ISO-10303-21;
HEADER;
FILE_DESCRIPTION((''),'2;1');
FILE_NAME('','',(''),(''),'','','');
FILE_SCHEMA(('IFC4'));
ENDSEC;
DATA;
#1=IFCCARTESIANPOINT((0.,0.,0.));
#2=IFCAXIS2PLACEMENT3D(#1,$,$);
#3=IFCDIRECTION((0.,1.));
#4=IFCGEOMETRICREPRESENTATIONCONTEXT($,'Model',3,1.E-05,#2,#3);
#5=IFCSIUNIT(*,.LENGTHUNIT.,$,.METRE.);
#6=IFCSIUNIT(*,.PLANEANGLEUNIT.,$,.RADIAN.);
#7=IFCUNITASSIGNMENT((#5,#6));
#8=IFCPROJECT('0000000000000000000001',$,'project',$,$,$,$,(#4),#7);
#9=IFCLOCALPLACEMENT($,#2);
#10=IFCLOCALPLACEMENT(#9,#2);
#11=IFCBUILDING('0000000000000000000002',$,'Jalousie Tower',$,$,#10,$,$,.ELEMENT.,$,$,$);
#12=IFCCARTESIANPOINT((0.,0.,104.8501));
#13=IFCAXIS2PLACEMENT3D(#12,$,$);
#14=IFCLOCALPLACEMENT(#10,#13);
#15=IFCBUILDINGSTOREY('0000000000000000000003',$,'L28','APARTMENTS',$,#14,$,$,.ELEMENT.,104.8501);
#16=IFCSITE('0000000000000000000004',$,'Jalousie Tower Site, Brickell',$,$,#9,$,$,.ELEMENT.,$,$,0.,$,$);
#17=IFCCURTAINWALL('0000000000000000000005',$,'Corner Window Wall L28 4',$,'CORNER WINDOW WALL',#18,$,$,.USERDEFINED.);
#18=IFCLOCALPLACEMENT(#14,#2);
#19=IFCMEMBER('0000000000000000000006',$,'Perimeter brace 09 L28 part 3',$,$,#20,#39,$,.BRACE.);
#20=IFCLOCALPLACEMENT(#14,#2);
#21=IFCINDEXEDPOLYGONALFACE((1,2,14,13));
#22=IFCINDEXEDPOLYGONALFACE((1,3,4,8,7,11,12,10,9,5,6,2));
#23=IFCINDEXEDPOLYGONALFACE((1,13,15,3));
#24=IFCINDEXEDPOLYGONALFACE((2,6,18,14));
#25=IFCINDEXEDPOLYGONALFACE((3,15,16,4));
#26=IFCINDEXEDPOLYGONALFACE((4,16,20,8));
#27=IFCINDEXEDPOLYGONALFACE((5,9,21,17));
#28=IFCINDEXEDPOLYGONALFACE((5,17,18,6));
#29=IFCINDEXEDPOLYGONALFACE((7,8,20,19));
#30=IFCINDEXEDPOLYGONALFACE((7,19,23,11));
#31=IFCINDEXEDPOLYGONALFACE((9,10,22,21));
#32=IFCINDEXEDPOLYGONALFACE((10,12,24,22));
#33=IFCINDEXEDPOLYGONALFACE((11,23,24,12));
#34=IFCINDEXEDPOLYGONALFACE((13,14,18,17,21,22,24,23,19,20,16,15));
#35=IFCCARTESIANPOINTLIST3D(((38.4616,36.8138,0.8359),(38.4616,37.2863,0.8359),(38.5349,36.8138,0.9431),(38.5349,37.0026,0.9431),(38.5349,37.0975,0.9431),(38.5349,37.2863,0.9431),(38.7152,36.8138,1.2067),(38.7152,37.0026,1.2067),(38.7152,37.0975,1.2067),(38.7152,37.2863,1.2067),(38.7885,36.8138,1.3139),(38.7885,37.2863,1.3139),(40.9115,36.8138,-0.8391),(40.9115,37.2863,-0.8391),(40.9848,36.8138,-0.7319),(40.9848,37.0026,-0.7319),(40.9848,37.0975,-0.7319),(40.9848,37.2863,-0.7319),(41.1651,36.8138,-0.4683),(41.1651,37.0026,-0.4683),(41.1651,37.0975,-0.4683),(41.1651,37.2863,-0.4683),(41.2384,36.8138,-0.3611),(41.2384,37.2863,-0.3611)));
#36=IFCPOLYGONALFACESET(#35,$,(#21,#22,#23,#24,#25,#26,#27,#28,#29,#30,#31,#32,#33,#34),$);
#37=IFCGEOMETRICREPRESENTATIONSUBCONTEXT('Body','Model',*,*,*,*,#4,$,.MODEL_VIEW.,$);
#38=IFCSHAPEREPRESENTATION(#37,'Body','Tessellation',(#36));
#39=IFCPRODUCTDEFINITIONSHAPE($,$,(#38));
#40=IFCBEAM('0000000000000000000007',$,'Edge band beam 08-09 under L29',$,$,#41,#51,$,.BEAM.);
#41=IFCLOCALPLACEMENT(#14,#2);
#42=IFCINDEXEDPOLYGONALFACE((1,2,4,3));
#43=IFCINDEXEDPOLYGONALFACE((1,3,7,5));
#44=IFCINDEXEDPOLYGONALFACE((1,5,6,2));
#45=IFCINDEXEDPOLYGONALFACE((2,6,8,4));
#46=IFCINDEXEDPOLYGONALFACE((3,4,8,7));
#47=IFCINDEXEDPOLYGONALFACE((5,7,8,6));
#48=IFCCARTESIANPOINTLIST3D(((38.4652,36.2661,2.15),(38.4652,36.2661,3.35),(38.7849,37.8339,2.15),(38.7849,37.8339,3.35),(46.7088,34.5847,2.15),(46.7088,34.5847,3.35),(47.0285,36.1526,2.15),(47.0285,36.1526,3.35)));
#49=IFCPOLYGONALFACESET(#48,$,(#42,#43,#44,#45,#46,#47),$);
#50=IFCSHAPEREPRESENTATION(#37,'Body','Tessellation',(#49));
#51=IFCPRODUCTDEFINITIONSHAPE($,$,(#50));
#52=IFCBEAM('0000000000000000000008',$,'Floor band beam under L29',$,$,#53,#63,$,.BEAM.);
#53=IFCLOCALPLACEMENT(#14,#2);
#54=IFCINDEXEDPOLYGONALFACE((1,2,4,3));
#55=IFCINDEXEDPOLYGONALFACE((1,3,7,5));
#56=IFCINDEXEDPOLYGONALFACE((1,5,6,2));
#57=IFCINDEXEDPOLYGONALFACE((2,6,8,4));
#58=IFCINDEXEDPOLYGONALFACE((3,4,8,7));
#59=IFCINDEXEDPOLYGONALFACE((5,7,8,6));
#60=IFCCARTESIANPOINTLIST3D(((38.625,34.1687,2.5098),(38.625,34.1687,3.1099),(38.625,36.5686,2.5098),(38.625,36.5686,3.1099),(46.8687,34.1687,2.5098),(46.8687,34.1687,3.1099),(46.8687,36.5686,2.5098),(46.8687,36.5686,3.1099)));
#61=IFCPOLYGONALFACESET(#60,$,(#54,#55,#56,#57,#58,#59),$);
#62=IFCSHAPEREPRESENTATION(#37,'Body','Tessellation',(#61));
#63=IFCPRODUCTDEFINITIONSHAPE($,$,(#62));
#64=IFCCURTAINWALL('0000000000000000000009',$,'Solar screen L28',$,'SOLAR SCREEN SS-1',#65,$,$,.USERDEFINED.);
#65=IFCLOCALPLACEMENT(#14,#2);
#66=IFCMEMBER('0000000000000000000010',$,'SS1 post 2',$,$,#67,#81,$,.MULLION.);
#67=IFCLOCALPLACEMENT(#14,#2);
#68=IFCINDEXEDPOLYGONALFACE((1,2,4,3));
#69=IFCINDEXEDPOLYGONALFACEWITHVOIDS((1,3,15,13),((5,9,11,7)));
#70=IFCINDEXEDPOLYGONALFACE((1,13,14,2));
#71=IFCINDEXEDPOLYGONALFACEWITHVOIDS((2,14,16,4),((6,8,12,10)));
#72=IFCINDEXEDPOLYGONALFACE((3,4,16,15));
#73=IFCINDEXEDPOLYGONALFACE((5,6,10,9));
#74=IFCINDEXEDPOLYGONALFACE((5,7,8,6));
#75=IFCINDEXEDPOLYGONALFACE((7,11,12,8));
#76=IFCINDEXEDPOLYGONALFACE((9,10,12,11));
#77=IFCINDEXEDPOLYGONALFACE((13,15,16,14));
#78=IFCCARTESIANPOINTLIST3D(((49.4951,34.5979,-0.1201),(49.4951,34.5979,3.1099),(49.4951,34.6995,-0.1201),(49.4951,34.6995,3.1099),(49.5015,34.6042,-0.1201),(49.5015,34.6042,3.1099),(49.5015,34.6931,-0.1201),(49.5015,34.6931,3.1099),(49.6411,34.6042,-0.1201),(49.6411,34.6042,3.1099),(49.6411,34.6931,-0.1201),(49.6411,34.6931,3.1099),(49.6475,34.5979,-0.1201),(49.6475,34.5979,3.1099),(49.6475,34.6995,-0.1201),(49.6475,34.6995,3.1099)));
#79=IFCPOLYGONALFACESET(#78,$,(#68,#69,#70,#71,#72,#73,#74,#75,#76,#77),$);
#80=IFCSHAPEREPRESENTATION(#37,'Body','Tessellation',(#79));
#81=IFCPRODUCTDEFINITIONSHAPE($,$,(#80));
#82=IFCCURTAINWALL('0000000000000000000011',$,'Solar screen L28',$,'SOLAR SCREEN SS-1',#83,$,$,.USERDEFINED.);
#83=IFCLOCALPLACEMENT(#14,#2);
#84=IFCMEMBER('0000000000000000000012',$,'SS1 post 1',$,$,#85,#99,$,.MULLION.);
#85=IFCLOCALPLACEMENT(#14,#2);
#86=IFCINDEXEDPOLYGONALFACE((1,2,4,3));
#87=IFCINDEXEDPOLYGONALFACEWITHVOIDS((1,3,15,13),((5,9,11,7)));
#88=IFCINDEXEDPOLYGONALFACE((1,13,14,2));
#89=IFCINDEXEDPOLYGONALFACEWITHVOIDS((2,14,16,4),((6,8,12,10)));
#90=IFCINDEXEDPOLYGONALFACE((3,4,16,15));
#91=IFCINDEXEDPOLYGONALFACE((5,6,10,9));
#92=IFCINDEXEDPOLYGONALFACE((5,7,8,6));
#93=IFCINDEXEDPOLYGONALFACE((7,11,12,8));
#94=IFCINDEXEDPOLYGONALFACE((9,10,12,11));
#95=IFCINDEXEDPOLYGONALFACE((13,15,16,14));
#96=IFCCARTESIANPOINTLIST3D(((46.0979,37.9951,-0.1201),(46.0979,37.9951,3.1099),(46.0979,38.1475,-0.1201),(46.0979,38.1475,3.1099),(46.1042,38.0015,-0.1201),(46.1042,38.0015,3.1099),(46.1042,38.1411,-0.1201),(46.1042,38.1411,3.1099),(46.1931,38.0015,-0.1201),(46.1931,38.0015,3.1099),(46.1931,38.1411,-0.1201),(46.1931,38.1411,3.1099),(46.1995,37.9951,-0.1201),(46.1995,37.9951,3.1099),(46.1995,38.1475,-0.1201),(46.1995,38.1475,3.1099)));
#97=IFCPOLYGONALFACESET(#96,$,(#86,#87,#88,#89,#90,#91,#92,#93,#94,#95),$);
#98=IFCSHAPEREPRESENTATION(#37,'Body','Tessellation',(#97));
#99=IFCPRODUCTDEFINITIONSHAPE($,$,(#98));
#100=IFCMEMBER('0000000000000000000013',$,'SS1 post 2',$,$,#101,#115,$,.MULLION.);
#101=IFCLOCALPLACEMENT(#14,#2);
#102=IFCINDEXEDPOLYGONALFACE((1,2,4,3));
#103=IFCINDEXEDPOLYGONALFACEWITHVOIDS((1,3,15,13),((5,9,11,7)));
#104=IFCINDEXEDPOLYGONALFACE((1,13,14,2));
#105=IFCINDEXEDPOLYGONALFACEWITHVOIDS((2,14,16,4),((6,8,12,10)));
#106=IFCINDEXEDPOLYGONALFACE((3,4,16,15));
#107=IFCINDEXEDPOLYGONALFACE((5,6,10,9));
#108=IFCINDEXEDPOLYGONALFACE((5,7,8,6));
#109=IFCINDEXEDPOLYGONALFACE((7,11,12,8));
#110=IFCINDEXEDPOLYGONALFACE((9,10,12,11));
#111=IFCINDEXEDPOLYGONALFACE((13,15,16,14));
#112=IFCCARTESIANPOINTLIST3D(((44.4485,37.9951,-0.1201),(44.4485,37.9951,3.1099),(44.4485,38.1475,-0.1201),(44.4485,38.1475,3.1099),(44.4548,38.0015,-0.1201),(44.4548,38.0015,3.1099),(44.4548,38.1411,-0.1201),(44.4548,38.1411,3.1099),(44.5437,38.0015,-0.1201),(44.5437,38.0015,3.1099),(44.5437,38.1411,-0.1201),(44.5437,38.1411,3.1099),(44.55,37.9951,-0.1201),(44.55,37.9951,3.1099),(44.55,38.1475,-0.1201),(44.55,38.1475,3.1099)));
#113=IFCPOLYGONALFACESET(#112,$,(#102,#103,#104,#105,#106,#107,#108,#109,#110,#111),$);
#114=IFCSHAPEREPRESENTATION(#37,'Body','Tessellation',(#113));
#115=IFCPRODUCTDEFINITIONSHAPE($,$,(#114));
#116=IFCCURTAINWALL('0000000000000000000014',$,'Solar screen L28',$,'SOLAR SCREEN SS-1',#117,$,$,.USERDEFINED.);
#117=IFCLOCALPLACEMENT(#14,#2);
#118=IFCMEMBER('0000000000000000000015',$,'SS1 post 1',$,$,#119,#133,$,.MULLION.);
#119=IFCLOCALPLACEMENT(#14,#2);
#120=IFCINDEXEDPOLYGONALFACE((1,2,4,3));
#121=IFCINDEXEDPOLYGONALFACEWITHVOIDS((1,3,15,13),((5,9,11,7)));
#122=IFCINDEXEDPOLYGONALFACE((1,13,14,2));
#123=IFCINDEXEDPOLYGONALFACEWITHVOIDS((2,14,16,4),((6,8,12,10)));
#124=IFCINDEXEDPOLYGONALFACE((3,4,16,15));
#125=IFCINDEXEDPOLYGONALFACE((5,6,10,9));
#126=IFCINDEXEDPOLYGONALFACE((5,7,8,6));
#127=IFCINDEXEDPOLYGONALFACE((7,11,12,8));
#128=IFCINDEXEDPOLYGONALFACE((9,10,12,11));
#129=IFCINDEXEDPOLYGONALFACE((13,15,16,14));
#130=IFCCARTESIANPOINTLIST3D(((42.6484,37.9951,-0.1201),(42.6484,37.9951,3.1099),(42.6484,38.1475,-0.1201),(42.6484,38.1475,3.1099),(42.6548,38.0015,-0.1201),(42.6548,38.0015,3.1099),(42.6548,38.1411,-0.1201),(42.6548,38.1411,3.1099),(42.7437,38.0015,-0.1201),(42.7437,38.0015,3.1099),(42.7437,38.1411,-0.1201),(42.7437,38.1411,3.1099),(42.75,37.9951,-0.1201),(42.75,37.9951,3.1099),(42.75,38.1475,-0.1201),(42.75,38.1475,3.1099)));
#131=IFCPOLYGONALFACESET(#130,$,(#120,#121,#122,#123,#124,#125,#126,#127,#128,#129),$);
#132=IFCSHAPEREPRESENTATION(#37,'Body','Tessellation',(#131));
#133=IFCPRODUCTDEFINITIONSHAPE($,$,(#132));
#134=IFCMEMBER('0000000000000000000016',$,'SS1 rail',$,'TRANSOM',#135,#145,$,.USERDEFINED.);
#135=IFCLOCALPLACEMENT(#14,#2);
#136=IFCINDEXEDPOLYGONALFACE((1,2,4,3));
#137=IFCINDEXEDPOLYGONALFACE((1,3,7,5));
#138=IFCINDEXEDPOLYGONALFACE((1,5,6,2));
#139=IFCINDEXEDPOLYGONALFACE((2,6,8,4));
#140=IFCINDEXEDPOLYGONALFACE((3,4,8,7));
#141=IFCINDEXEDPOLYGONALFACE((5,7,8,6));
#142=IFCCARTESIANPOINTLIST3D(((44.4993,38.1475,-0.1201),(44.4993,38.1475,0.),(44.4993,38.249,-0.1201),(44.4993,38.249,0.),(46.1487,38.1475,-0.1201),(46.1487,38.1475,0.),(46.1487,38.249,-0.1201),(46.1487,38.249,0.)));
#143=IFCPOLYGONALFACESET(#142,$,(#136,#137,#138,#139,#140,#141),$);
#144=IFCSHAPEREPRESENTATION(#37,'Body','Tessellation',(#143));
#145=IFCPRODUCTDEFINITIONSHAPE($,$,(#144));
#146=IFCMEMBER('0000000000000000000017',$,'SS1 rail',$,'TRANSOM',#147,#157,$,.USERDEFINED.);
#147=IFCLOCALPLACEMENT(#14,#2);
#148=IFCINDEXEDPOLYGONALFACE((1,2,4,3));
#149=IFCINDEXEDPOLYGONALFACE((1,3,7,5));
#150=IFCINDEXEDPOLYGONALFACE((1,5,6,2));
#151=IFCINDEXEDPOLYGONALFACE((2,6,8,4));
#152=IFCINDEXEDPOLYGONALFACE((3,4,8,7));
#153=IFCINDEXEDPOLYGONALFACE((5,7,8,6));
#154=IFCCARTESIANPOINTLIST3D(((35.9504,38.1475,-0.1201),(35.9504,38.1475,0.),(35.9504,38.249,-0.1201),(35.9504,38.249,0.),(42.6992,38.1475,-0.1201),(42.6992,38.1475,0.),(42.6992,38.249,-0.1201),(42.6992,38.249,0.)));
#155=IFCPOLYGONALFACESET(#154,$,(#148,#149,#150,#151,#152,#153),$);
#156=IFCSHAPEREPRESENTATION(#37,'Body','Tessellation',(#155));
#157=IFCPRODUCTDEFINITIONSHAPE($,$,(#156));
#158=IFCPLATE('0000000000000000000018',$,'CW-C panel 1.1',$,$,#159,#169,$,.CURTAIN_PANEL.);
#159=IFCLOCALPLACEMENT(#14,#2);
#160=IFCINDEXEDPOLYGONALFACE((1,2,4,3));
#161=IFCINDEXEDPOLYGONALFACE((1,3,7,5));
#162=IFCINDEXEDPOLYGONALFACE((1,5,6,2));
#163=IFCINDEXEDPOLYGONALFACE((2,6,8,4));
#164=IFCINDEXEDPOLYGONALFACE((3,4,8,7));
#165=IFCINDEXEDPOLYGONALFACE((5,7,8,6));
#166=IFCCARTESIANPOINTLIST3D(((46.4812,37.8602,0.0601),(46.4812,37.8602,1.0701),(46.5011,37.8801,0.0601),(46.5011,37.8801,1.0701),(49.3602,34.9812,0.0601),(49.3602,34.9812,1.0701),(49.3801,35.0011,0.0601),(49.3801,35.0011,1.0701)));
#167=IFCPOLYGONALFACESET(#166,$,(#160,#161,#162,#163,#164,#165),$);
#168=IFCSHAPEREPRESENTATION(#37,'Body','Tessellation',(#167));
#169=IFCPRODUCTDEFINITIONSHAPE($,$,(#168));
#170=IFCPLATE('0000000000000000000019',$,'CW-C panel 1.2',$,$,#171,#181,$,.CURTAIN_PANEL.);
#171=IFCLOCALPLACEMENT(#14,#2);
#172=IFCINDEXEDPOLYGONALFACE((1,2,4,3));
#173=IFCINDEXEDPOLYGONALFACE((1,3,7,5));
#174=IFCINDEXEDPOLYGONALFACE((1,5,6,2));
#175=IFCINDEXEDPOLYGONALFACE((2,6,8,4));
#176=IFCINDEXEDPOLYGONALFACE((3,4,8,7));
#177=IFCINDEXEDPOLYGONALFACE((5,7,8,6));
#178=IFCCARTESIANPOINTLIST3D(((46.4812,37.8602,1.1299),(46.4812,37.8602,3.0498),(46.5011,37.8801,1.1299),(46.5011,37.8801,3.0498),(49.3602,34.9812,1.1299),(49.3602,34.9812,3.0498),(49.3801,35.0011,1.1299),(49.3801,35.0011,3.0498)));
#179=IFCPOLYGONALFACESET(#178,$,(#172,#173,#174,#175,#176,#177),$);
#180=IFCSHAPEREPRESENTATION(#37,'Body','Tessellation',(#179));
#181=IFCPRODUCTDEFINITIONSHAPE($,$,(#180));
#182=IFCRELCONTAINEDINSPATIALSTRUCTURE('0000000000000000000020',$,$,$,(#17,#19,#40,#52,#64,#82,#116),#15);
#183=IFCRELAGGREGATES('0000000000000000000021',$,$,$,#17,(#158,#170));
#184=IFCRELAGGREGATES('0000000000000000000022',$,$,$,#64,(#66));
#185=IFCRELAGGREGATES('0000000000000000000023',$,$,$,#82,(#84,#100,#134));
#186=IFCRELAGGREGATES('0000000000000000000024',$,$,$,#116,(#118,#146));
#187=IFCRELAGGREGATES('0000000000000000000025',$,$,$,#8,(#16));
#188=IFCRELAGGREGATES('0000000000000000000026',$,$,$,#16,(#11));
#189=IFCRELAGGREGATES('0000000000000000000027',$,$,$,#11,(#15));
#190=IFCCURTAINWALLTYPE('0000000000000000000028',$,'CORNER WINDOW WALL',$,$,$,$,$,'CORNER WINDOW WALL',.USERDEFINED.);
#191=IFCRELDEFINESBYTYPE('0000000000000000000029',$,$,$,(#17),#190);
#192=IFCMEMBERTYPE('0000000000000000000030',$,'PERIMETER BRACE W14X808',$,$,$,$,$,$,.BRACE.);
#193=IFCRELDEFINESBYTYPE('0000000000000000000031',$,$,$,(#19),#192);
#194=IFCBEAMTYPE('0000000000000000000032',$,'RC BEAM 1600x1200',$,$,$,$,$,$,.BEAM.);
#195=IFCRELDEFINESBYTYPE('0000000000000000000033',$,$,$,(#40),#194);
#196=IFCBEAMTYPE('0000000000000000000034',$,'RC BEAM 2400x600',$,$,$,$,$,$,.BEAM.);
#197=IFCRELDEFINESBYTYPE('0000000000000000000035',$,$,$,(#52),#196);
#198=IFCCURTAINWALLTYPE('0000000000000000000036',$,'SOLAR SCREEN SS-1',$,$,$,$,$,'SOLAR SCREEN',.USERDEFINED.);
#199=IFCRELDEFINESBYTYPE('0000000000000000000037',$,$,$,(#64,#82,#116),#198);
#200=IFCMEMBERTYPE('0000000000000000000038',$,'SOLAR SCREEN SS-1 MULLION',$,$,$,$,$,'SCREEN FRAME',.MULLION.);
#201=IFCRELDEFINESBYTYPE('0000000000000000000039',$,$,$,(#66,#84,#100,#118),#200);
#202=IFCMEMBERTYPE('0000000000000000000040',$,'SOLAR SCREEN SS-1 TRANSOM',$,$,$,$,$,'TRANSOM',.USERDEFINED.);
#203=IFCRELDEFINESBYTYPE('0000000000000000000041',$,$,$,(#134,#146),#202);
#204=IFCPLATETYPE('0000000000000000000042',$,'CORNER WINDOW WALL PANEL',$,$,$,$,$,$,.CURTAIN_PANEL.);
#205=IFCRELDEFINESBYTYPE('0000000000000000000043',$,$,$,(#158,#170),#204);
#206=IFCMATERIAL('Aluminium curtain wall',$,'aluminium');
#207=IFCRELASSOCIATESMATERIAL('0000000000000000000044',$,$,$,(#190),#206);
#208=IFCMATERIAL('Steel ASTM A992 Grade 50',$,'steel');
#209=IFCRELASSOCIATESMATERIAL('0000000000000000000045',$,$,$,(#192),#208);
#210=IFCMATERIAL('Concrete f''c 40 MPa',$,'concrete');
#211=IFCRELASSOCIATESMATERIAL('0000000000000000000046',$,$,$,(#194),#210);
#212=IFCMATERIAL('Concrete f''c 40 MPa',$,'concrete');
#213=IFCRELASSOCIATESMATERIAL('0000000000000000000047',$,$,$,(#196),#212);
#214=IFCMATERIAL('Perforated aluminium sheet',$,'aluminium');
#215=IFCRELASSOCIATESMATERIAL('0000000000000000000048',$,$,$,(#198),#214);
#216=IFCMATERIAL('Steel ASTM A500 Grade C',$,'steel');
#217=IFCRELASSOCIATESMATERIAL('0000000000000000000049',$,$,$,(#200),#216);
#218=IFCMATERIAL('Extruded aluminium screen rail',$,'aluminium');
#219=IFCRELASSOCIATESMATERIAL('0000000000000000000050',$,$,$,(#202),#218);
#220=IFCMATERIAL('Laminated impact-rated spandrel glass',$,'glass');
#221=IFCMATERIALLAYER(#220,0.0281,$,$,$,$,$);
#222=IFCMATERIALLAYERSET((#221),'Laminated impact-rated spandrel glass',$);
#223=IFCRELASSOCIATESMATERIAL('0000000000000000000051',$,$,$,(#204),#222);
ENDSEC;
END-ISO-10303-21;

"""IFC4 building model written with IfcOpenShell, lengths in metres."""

from ifc_helpers import new_model, si_unit, direction, frame, origin, origin_2d, place, context, subcontext, project, spatial, rectangle, hollow_rectangle, i_section, extrude, material, layer, layer_set, material_profile, profile_set, type_object, element, aggregate, save


model = new_model("IFC4")

# Units and contexts
model_context = context("Model", 3, precision=1e-05, world=origin(), true_north=direction((0.0, 1.0)))
body_context = subcontext(model_context, "Body", "Model", "MODEL_VIEW")
ifc_project = project(units=[si_unit("LENGTHUNIT", "METRE"), si_unit("PLANEANGLEUNIT", "RADIAN")], contexts=[model_context])

# Site, building, storey
site_placement = place(None, origin())
site = spatial("IfcSite", under=ifc_project, at=site_placement, Name="Jalousie Tower Site, Brickell", CompositionType="ELEMENT", RefElevation=0.0)
building_placement = place(site_placement, origin())
building = spatial("IfcBuilding", under=site, at=building_placement, Name="Jalousie Tower", CompositionType="ELEMENT")
storey_placement = place(building_placement, frame((0.0, 0.0, 104.8501)))
storey = spatial("IfcBuildingStorey", under=building, at=storey_placement, Name="L28", Description="APARTMENTS", CompositionType="ELEMENT", Elevation=104.8501)

# Curtain wall
ifc_material_1 = material(Name="Aluminium curtain wall", Category="aluminium")
curtain_wall_type_1 = type_object("IfcCurtainWallType", Name="CORNER WINDOW WALL", ElementType="CORNER WINDOW WALL", PredefinedType="USERDEFINED", material=ifc_material_1)
curtain_wall_1_placement = place(storey_placement, origin())
curtain_wall_1 = element("IfcCurtainWall", 1, at=curtain_wall_1_placement, inside=storey, type_object=curtain_wall_type_1, Name="Corner Window Wall L28 4", ObjectType="CORNER WINDOW WALL", PredefinedType="USERDEFINED")

# Member
ifc_material_2 = material(Name="Steel ASTM A992 Grade 50", Category="steel")
ifc_material_profile_1 = material_profile(ifc_material_2, i_section(OverallWidth=0.4724, OverallDepth=0.5791, WebThickness=0.095, FlangeThickness=0.1299, at=origin_2d()), Name="W14X808")
ifc_profile_set_1 = profile_set([ifc_material_profile_1], Name="Steel ASTM A992 Grade 50")
member_type_1 = type_object("IfcMemberType", Name="PERIMETER BRACE W14X808", PredefinedType="BRACE", material=ifc_profile_set_1)
member_1_placement = place(storey_placement, frame((41.075, 37.05, -0.6001), z_axis=(-0.825501, 0.0, 0.564401), x_axis=(0.0, -1.0, 0.0)))
element("IfcMember", 2, at=member_1_placement, inside=storey, type_object=member_type_1, Name="Perimeter brace 09 L28 part 3", PredefinedType="BRACE", context=body_context, shape_type="SweptSolid", body=[
    extrude(i_section(OverallWidth=0.4724, OverallDepth=0.5791, WebThickness=0.095, FlangeThickness=0.1299, at=origin_2d()), origin(), (0.0, 0.0, 1.0), 2.9678),
])

# Beams
ifc_material_3 = material(Name="Concrete f'c 40 MPa", Category="concrete")
ifc_material_profile_2 = material_profile(ifc_material_3, rectangle(XDim=1.6001, YDim=1.2, at=origin_2d()), Name="RC 1600x1200")
ifc_profile_set_2 = profile_set([ifc_material_profile_2], Name="Concrete f'c 40 MPa")
beam_type_1 = type_object("IfcBeamType", Name="RC BEAM 1600x1200", PredefinedType="BEAM", material=ifc_profile_set_2)
beam_1_placement = place(storey_placement, frame((46.8687, 35.3687, 2.75), z_axis=(-0.979827, 0.199848, 0.0), x_axis=(-0.199848, -0.979827, 0.0)))
element("IfcBeam", 3, at=beam_1_placement, inside=storey, type_object=beam_type_1, Name="Edge band beam 08-09 under L29", PredefinedType="BEAM", context=body_context, shape_type="SweptSolid", body=[
    extrude(rectangle(XDim=1.6001, YDim=1.2, at=origin_2d()), origin(), (0.0, 0.0, 1.0), 8.4133),
])
ifc_material_4 = material(Name="Concrete f'c 40 MPa", Category="concrete")
ifc_material_profile_3 = material_profile(ifc_material_4, rectangle(XDim=2.3999, YDim=0.6001, at=origin_2d()), Name="RC 2400x600")
ifc_profile_set_3 = profile_set([ifc_material_profile_3], Name="Concrete f'c 40 MPa")
beam_type_2 = type_object("IfcBeamType", Name="RC BEAM 2400x600", PredefinedType="BEAM", material=ifc_profile_set_3)
beam_2_placement = place(storey_placement, frame((46.8687, 35.3687, 2.8098), z_axis=(-1.0, 0.0, 0.0), x_axis=(0.0, -1.0, 0.0)))
element("IfcBeam", 4, at=beam_2_placement, inside=storey, type_object=beam_type_2, Name="Floor band beam under L29", PredefinedType="BEAM", context=body_context, shape_type="SweptSolid", body=[
    extrude(rectangle(XDim=2.3999, YDim=0.6001, at=origin_2d()), origin(), (0.0, 0.0, 1.0), 8.2437),
])

# Curtain wall, member
ifc_material_5 = material(Name="Perforated aluminium sheet", Category="aluminium")
curtain_wall_type_2 = type_object("IfcCurtainWallType", Name="SOLAR SCREEN SS-1", ElementType="SOLAR SCREEN", PredefinedType="USERDEFINED", material=ifc_material_5)
curtain_wall_2_placement = place(storey_placement, origin())
curtain_wall_2 = element("IfcCurtainWall", 5, at=curtain_wall_2_placement, inside=storey, type_object=curtain_wall_type_2, Name="Solar screen L28", ObjectType="SOLAR SCREEN SS-1", PredefinedType="USERDEFINED")
ifc_material_6 = material(Name="Steel ASTM A500 Grade C", Category="steel")
ifc_material_profile_4 = material_profile(ifc_material_6, hollow_rectangle(XDim=0.1016, YDim=0.1523, WallThickness=0.0063, at=origin_2d()), Name="HSS6X4X1/4")
ifc_profile_set_4 = profile_set([ifc_material_profile_4], Name="Steel ASTM A500 Grade C")
member_type_2 = type_object("IfcMemberType", Name="SOLAR SCREEN SS-1 MULLION", ElementType="SCREEN FRAME", PredefinedType="MULLION", material=ifc_profile_set_4)
member_2_placement = place(storey_placement, frame((49.5713, 34.6487, -0.1201), z_axis=(0.0, 0.0, 1.0), x_axis=(0.0, 1.0, 0.0)))
member_2 = element("IfcMember", 6, at=member_2_placement, type_object=member_type_2, Name="SS1 post 2", PredefinedType="MULLION", context=body_context, shape_type="SweptSolid", body=[
    extrude(hollow_rectangle(XDim=0.1016, YDim=0.1523, WallThickness=0.0063, at=origin_2d()), origin(), (0.0, 0.0, 1.0), 3.23),
])

# Curtain wall, members
curtain_wall_3_placement = place(storey_placement, origin())
curtain_wall_3 = element("IfcCurtainWall", 7, at=curtain_wall_3_placement, inside=storey, type_object=curtain_wall_type_2, Name="Solar screen L28", ObjectType="SOLAR SCREEN SS-1", PredefinedType="USERDEFINED")
member_3_placement = place(storey_placement, frame((46.1487, 38.0713, -0.1201), z_axis=(0.0, 0.0, 1.0), x_axis=(-1.0, 0.0, 0.0)))
member_3 = element("IfcMember", 8, at=member_3_placement, type_object=member_type_2, Name="SS1 post 1", PredefinedType="MULLION", context=body_context, shape_type="SweptSolid", body=[
    extrude(hollow_rectangle(XDim=0.1016, YDim=0.1523, WallThickness=0.0063, at=origin_2d()), origin(), (0.0, 0.0, 1.0), 3.23),
])
member_4_placement = place(storey_placement, frame((44.4993, 38.0713, -0.1201), z_axis=(0.0, 0.0, 1.0), x_axis=(-1.0, 0.0, 0.0)))
member_4 = element("IfcMember", 9, at=member_4_placement, type_object=member_type_2, Name="SS1 post 2", PredefinedType="MULLION", context=body_context, shape_type="SweptSolid", body=[
    extrude(hollow_rectangle(XDim=0.1016, YDim=0.1523, WallThickness=0.0063, at=origin_2d()), origin(), (0.0, 0.0, 1.0), 3.23),
])

# Curtain wall, member
curtain_wall_4_placement = place(storey_placement, origin())
curtain_wall_4 = element("IfcCurtainWall", 10, at=curtain_wall_4_placement, inside=storey, type_object=curtain_wall_type_2, Name="Solar screen L28", ObjectType="SOLAR SCREEN SS-1", PredefinedType="USERDEFINED")
member_5_placement = place(storey_placement, frame((42.6992, 38.0713, -0.1201), z_axis=(0.0, 0.0, 1.0), x_axis=(-1.0, 0.0, 0.0)))
member_5 = element("IfcMember", 11, at=member_5_placement, type_object=member_type_2, Name="SS1 post 1", PredefinedType="MULLION", context=body_context, shape_type="SweptSolid", body=[
    extrude(hollow_rectangle(XDim=0.1016, YDim=0.1523, WallThickness=0.0063, at=origin_2d()), origin(), (0.0, 0.0, 1.0), 3.23),
])

# Members
ifc_material_7 = material(Name="Extruded aluminium screen rail", Category="aluminium")
ifc_material_profile_5 = material_profile(ifc_material_7, rectangle(XDim=0.1016, YDim=0.1201, at=origin_2d()), Name="RAIL 102x120")
ifc_profile_set_5 = profile_set([ifc_material_profile_5], Name="Extruded aluminium screen rail")
member_type_3 = type_object("IfcMemberType", Name="SOLAR SCREEN SS-1 TRANSOM", ElementType="TRANSOM", PredefinedType="USERDEFINED", material=ifc_profile_set_5)
member_6_placement = place(storey_placement, frame((46.1487, 38.1982, -0.0601), z_axis=(-1.0, 0.0, 0.0), x_axis=(0.0, -1.0, 0.0)))
member_6 = element("IfcMember", 12, at=member_6_placement, type_object=member_type_3, Name="SS1 rail", ObjectType="TRANSOM", PredefinedType="USERDEFINED", context=body_context, shape_type="SweptSolid", body=[
    extrude(rectangle(XDim=0.1016, YDim=0.1201, at=origin_2d()), origin(), (0.0, 0.0, 1.0), 1.6494),
])
member_7_placement = place(storey_placement, frame((42.6992, 38.1982, -0.0601), z_axis=(-1.0, 0.0, 0.0), x_axis=(0.0, -1.0, 0.0)))
member_7 = element("IfcMember", 13, at=member_7_placement, type_object=member_type_3, Name="SS1 rail", ObjectType="TRANSOM", PredefinedType="USERDEFINED", context=body_context, shape_type="SweptSolid", body=[
    extrude(rectangle(XDim=0.1016, YDim=0.1201, at=origin_2d()), origin(), (0.0, 0.0, 1.0), 6.7488),
])

# Plates
ifc_material_8 = material(Name="Laminated impact-rated spandrel glass", Category="glass")
ifc_layer_1 = layer(ifc_material_8, 0.0281)
ifc_layer_set_1 = layer_set([ifc_layer_1], Name="Laminated impact-rated spandrel glass")
plate_type_1 = type_object("IfcPlateType", Name="CORNER WINDOW WALL PANEL", PredefinedType="CURTAIN_PANEL", material=ifc_layer_set_1)
plate_1_placement = place(storey_placement, frame((47.9307, 36.4307, 0.0601), z_axis=(0.0, 0.0, 1.0), x_axis=(-0.707107, 0.707107, 0.0)))
plate_1 = element("IfcPlate", 14, at=plate_1_placement, type_object=plate_type_1, Name="CW-C panel 1.1", PredefinedType="CURTAIN_PANEL", context=body_context, shape_type="SweptSolid", body=[
    extrude(rectangle(XDim=4.0715, YDim=0.0281, at=origin_2d()), origin(), (0.0, 0.0, 1.0), 1.01),
])
plate_2_placement = place(storey_placement, frame((47.9307, 36.4307, 1.1299), z_axis=(0.0, 0.0, 1.0), x_axis=(-0.707107, 0.707107, 0.0)))
plate_2 = element("IfcPlate", 15, at=plate_2_placement, type_object=plate_type_1, Name="CW-C panel 1.2", PredefinedType="CURTAIN_PANEL", context=body_context, shape_type="SweptSolid", body=[
    extrude(rectangle(XDim=4.0715, YDim=0.0281, at=origin_2d()), origin(), (0.0, 0.0, 1.0), 1.9199),
])
aggregate(curtain_wall_1, [plate_1, plate_2])
aggregate(curtain_wall_2, [member_2])
aggregate(curtain_wall_3, [member_3, member_4, member_6])
aggregate(curtain_wall_4, [member_5, member_7])

save(model, "model.ifc")
